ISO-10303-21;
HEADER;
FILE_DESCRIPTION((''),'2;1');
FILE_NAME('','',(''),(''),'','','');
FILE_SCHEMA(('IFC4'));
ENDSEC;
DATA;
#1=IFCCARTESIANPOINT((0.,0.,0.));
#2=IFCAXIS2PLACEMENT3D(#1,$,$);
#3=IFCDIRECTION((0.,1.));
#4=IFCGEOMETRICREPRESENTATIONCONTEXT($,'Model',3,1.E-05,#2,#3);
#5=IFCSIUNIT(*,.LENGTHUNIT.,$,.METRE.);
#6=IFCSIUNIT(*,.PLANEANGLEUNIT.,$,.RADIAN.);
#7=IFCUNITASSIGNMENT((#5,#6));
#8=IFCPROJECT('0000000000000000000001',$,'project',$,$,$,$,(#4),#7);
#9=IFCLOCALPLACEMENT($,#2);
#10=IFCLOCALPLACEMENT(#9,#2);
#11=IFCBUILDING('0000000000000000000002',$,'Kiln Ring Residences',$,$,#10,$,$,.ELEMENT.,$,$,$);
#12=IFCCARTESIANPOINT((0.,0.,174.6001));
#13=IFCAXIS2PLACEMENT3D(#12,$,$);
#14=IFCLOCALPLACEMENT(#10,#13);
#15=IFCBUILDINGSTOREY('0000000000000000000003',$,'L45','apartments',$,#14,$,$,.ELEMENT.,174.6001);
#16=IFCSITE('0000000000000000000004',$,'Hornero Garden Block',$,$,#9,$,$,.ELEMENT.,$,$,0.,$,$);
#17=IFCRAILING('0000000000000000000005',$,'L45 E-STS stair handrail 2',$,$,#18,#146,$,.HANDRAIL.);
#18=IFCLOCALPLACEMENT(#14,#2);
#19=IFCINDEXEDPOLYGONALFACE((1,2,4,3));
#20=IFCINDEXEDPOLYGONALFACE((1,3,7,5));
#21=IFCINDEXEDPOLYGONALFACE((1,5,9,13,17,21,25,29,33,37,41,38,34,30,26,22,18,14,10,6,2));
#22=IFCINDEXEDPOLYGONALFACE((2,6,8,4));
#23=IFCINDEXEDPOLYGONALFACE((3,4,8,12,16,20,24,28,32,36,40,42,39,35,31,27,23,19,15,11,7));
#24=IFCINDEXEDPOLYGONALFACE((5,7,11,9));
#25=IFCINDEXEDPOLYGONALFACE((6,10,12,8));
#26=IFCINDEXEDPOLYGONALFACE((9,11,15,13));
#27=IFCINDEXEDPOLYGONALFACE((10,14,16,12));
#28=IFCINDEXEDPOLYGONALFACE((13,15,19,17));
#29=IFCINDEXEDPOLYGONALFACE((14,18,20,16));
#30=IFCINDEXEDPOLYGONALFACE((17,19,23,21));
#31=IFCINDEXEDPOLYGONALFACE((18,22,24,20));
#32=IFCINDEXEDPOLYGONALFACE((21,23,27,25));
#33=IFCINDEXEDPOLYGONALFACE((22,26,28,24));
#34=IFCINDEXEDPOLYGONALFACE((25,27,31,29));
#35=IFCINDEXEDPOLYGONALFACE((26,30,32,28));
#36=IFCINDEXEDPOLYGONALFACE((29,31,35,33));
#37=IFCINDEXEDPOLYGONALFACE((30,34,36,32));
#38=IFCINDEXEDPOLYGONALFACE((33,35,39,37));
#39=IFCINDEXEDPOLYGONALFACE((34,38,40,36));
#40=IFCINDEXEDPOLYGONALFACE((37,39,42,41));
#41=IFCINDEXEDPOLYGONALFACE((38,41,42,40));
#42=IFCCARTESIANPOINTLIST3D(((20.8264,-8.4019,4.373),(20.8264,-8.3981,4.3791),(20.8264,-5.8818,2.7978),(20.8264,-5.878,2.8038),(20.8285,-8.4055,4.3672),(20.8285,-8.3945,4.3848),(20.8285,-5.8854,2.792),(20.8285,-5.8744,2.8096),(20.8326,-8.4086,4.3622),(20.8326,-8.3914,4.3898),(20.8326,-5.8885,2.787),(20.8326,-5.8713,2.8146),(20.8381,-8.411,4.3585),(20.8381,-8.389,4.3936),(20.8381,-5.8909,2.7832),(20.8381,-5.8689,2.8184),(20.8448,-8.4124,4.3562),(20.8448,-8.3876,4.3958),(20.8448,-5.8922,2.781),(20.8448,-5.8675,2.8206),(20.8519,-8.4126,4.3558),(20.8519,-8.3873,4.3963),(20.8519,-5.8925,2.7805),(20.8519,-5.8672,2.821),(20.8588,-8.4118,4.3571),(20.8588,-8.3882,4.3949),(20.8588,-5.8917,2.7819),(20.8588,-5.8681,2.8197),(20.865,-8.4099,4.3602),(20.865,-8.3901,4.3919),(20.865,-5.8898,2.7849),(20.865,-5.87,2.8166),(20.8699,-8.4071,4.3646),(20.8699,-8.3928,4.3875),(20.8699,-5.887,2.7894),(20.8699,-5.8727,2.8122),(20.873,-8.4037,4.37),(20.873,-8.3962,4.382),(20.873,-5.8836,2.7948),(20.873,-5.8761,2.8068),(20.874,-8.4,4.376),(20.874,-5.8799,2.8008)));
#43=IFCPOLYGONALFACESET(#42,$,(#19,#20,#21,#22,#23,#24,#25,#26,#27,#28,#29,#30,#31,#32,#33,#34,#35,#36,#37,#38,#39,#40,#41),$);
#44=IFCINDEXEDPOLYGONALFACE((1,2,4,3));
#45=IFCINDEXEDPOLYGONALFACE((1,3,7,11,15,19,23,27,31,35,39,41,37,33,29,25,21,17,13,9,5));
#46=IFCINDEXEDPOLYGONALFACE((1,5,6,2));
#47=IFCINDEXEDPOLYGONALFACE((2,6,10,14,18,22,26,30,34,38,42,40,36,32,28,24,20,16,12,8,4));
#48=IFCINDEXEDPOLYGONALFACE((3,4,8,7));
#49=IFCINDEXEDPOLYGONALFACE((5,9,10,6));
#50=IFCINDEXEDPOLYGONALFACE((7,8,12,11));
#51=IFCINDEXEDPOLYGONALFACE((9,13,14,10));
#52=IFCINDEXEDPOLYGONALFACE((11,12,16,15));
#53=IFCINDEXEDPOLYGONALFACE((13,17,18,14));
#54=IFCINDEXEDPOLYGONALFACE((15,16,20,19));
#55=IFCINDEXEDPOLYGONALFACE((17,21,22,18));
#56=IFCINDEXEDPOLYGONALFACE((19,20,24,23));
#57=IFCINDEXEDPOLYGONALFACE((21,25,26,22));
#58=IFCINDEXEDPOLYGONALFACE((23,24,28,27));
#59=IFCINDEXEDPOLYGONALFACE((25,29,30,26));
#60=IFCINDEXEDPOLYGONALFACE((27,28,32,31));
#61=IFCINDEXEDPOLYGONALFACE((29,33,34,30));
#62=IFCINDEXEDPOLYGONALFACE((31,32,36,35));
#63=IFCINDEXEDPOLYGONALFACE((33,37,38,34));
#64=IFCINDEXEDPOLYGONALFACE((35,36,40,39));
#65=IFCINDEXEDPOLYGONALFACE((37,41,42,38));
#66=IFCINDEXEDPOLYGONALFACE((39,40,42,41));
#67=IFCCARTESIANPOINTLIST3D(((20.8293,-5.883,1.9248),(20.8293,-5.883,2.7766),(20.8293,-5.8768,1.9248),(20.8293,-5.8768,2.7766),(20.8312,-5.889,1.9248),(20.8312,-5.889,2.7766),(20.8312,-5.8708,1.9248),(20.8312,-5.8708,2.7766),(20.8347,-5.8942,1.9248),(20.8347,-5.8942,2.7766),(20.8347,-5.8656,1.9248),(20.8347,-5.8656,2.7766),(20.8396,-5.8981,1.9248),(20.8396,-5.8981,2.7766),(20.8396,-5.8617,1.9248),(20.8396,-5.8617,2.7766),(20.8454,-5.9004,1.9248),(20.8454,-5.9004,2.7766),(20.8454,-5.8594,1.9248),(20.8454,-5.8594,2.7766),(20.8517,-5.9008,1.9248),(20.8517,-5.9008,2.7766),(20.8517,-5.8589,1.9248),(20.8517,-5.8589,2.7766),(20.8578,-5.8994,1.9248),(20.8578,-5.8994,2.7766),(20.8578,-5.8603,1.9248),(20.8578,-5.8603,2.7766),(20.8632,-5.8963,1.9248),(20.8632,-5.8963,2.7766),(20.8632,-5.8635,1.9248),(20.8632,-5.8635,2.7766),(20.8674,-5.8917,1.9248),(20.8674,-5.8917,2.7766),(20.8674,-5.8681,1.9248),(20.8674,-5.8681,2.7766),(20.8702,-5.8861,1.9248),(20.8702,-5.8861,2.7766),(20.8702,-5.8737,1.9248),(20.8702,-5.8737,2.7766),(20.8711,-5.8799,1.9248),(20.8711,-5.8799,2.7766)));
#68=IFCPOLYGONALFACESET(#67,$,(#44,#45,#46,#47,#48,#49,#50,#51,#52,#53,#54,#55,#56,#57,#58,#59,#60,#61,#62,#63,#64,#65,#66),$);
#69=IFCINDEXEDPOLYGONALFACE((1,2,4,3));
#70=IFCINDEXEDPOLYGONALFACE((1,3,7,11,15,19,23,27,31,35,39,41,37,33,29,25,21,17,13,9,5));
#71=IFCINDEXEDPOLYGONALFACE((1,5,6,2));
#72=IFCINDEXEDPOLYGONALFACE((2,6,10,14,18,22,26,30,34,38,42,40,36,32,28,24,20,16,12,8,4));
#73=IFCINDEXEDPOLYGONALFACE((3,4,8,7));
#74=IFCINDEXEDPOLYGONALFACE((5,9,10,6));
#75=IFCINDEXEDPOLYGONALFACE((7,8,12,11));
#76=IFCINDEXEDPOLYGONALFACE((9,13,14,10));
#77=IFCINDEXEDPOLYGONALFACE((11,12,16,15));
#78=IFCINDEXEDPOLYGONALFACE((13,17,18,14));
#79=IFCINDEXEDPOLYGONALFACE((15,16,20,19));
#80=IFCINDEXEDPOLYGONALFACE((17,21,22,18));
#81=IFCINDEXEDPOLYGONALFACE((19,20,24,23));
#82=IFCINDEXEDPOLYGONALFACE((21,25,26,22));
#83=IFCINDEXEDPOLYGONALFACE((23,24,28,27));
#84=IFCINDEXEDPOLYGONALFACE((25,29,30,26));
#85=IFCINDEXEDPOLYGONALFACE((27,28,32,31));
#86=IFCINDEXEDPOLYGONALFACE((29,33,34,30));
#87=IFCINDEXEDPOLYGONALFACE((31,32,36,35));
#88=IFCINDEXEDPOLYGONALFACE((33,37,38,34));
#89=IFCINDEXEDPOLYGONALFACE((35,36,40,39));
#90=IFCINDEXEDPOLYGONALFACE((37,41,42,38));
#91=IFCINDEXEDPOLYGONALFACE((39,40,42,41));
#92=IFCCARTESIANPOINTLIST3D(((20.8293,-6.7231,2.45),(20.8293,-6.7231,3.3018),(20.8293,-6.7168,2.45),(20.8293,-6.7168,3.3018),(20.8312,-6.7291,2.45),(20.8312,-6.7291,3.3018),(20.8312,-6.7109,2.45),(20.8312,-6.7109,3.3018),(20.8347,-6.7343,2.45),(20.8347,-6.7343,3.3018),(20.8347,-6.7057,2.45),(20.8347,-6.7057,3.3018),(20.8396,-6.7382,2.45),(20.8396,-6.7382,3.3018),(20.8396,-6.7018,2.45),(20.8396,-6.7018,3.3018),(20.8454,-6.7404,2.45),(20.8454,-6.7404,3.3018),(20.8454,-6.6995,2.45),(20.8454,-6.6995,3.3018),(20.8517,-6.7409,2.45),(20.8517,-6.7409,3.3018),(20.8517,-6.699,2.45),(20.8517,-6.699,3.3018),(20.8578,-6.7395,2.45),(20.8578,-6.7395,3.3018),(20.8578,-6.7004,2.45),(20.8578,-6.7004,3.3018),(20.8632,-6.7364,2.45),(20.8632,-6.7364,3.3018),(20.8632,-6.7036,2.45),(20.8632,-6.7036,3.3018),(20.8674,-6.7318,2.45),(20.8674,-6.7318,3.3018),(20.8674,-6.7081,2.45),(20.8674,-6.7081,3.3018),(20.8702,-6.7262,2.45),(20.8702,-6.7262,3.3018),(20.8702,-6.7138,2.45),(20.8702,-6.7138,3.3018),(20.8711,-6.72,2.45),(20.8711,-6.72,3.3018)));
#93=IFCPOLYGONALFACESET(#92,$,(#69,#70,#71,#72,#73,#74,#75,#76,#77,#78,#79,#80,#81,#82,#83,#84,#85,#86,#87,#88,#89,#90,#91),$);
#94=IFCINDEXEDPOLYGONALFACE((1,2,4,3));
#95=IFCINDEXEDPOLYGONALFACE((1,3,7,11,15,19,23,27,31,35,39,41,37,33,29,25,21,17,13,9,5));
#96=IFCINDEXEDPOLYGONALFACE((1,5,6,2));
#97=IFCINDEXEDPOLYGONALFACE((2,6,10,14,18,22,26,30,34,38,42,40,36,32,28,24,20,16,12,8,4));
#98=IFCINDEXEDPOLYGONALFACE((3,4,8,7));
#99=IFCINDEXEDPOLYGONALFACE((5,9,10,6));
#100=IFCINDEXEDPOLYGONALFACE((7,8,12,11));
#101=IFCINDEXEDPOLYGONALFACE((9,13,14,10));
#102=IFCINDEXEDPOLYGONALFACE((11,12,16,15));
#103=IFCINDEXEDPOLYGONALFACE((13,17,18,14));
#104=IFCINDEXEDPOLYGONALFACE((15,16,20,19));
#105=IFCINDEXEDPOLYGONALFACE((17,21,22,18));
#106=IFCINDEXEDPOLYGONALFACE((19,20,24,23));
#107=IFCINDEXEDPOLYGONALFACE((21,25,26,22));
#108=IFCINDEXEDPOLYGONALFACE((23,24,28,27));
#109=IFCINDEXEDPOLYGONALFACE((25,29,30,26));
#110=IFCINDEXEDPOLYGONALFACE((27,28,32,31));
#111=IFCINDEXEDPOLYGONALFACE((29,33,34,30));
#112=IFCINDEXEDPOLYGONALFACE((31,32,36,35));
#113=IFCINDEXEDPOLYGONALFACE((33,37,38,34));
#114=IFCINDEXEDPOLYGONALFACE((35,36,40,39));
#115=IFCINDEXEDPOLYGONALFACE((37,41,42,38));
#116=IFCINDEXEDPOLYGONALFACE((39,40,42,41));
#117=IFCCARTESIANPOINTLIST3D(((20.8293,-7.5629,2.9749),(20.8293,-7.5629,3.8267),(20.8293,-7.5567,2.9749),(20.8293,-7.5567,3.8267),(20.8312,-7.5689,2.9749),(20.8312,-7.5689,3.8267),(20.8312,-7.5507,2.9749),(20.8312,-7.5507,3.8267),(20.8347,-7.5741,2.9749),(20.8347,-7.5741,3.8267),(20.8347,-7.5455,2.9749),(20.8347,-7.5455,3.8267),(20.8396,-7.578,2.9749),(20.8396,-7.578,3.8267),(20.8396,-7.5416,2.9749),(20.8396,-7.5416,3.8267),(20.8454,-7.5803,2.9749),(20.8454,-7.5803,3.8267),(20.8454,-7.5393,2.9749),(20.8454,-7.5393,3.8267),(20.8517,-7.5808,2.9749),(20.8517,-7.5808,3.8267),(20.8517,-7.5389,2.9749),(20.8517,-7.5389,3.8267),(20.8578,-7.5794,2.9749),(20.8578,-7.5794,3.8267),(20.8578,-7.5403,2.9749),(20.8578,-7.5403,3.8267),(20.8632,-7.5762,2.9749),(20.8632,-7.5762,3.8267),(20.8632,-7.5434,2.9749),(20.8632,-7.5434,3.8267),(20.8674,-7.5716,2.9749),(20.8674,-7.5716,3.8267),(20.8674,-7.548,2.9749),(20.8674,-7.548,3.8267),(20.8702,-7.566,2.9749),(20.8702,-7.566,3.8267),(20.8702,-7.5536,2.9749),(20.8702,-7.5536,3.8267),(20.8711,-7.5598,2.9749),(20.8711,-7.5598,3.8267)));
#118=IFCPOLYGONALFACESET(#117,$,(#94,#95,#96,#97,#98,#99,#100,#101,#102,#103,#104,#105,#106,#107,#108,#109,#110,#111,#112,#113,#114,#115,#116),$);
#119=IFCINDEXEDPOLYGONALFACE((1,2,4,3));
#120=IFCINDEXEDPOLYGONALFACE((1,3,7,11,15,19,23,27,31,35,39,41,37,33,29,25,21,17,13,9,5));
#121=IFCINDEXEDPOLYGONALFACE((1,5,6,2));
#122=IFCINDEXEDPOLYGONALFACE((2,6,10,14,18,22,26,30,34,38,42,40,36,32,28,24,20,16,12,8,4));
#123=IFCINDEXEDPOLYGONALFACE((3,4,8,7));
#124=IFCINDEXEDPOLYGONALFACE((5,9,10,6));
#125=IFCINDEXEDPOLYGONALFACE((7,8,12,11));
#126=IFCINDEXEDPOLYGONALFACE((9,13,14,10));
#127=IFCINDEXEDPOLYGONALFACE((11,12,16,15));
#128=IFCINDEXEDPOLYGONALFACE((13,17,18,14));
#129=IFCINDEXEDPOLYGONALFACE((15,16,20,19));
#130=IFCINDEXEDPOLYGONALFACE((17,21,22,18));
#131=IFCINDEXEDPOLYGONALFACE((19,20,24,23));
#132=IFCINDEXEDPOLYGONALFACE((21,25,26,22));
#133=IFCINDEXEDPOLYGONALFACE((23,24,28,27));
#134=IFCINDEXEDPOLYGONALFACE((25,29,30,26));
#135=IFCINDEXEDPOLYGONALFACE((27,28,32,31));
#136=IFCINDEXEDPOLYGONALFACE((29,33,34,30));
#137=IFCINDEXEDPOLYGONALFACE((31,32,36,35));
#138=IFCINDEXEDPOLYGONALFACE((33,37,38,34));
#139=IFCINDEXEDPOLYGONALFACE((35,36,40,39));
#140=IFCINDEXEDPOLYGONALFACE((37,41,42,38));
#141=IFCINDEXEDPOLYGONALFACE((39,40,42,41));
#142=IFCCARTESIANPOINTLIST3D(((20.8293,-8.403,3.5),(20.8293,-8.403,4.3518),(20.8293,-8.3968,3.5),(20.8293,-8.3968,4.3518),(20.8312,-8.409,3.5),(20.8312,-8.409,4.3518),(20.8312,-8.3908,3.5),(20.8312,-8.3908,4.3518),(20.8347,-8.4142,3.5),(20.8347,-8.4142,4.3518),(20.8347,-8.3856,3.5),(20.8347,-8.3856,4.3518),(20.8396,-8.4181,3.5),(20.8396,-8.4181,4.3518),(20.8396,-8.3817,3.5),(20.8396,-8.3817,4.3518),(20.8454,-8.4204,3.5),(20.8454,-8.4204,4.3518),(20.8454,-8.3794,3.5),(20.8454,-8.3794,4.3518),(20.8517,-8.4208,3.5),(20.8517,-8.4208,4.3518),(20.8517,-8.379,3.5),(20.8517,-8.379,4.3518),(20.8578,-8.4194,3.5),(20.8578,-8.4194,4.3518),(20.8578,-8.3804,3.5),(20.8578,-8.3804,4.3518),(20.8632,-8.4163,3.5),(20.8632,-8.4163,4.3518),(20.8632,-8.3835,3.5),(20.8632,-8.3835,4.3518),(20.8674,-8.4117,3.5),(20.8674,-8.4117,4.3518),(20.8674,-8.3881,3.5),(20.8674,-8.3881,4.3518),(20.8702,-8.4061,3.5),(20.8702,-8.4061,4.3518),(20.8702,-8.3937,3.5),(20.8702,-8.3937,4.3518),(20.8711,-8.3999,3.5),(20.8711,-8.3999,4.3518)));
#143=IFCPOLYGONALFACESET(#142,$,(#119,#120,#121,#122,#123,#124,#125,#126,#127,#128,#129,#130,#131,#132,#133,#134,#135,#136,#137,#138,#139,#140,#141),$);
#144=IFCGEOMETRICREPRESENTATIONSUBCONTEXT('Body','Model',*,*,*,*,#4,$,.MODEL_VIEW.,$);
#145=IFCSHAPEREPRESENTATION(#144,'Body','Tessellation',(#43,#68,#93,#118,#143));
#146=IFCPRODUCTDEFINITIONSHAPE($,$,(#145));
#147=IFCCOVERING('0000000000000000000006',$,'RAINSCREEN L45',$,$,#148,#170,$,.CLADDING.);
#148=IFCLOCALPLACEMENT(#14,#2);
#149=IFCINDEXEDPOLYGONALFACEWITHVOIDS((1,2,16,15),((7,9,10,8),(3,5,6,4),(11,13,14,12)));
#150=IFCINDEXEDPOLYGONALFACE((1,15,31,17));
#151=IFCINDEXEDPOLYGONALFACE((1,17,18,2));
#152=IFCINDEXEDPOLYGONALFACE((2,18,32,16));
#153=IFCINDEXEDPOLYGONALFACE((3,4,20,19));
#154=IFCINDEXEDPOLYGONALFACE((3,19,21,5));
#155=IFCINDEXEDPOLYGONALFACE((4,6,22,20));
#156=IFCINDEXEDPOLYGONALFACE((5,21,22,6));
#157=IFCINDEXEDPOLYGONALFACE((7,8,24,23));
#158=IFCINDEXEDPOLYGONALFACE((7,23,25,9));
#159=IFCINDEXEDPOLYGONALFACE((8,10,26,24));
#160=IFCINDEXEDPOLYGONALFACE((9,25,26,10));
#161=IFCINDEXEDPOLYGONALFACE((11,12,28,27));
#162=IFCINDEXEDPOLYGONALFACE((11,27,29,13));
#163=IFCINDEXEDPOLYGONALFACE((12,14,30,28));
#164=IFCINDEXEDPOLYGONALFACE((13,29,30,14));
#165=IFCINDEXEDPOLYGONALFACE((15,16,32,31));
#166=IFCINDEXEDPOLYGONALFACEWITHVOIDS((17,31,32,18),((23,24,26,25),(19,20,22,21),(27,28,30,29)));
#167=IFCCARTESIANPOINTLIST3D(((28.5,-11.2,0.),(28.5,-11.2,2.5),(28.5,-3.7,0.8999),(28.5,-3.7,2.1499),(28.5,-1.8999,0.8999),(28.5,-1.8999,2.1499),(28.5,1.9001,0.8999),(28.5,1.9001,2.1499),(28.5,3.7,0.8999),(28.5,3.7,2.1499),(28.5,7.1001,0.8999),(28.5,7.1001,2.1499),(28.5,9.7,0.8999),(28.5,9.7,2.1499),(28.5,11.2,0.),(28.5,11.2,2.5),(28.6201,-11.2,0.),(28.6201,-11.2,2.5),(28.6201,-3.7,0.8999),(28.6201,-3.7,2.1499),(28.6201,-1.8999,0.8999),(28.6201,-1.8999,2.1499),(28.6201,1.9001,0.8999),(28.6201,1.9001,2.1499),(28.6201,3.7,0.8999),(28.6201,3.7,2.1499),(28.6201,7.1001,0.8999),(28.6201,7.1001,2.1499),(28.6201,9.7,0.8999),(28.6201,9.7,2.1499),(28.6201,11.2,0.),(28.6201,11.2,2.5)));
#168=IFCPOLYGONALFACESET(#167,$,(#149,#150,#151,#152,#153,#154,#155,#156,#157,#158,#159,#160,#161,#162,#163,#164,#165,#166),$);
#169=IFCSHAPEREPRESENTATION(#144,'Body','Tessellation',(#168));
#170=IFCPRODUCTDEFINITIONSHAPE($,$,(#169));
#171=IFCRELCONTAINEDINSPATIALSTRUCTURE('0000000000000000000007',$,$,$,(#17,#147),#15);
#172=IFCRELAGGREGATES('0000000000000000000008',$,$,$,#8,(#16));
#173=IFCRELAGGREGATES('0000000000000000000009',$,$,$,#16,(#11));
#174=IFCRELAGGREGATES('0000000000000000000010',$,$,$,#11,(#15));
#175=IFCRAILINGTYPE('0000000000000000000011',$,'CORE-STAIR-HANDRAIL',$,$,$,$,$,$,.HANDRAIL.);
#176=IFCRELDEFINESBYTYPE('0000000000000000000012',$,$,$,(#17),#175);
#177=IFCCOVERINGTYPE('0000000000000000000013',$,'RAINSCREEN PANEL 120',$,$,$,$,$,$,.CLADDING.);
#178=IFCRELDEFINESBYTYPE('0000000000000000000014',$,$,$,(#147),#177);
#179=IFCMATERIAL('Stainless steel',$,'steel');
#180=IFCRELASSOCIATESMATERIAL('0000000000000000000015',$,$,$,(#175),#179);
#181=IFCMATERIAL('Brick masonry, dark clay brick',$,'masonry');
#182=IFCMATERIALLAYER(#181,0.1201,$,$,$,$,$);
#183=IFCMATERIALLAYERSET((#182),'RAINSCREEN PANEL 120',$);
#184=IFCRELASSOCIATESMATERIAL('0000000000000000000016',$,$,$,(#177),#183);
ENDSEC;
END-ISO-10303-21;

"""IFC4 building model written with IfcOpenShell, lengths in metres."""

from ifc_helpers import new_model, si_unit, direction, frame, origin, origin_2d, place, context, subcontext, project, spatial, polyline, circle, outline, extrude, material, layer, layer_set, type_object, element, save


model = new_model("IFC4")

# Units and contexts
model_context = context("Model", 3, precision=1e-05, world=origin(), true_north=direction((0.0, 1.0)))
body_context = subcontext(model_context, "Body", "Model", "MODEL_VIEW")
ifc_project = project(units=[si_unit("LENGTHUNIT", "METRE"), si_unit("PLANEANGLEUNIT", "RADIAN")], contexts=[model_context])

# Site, building, storey
site_placement = place(None, origin())
site = spatial("IfcSite", under=ifc_project, at=site_placement, Name="Hornero Garden Block", CompositionType="ELEMENT", RefElevation=0.0)
building_placement = place(site_placement, origin())
building = spatial("IfcBuilding", under=site, at=building_placement, Name="Kiln Ring Residences", CompositionType="ELEMENT")
storey_placement = place(building_placement, frame((0.0, 0.0, 174.6001)))
storey = spatial("IfcBuildingStorey", under=building, at=storey_placement, Name="L45", Description="apartments", CompositionType="ELEMENT", Elevation=174.6001)

# Railing
ifc_material_1 = material(Name="Stainless steel", Category="steel")
railing_type_1 = type_object("IfcRailingType", Name="CORE-STAIR-HANDRAIL", PredefinedType="HANDRAIL", material=ifc_material_1)
railing_1_placement = place(storey_placement, frame((20.8501, -5.8799, 1.9248)))
element("IfcRailing", 1, at=railing_1_placement, inside=storey, type_object=railing_type_1, Name="L45 E-STS stair handrail 2", PredefinedType="HANDRAIL", context=body_context, shape_type="SweptSolid", body=[
    extrude(circle(Radius=0.0239, at=origin_2d()), frame((0.0, 0.0, 0.876), z_axis=(0.0, -0.847971, 0.530043), x_axis=(1.0, 0.0, 0.0)), (0.0, 0.0, 1.0), 2.9719),
    extrude(circle(Radius=0.021, at=origin_2d()), origin(), (0.0, 0.0, 1.0), 0.8518),
    extrude(circle(Radius=0.021, at=origin_2d()), frame((0.0, -0.8401, 0.5251)), (0.0, 0.0, 1.0), 0.8518),
    extrude(circle(Radius=0.021, at=origin_2d()), frame((0.0, -1.6799, 1.05)), (0.0, 0.0, 1.0), 0.8518),
    extrude(circle(Radius=0.021, at=origin_2d()), frame((0.0, -2.52, 1.5752)), (0.0, 0.0, 1.0), 0.8518),
])

# Covering
ifc_material_2 = material(Name="Brick masonry, dark clay brick", Category="masonry")
ifc_layer_1 = layer(ifc_material_2, 0.1201)
ifc_layer_set_1 = layer_set([ifc_layer_1], Name="RAINSCREEN PANEL 120")
covering_type = type_object("IfcCoveringType", Name="RAINSCREEN PANEL 120", PredefinedType="CLADDING", material=ifc_layer_set_1)
covering_placement = place(storey_placement, frame((28.5601, -11.2, 0.0), z_axis=(0.0, 0.0, 1.0), x_axis=(0.0, 1.0, 0.0)))
element("IfcCovering", 2, at=covering_placement, inside=storey, type_object=covering_type, Name="RAINSCREEN L45", PredefinedType="CLADDING", context=body_context, shape_type="SweptSolid", body=[
    extrude(outline(polyline([(0.0, 0.0), (22.3999, 0.0), (22.3999, 2.5), (0.0, 2.5), (0.0, 0.0)]), holes=[polyline([(9.3, 2.1499), (7.5, 2.1499), (7.5, 0.8999), (9.3, 0.8999), (9.3, 2.1499)]), polyline([(14.8999, 0.8999), (14.8999, 2.1499), (13.1001, 2.1499), (13.1001, 0.8999), (14.8999, 0.8999)]), polyline([(20.8999, 0.8999), (20.8999, 2.1499), (18.3, 2.1499), (18.3, 0.8999), (20.8999, 0.8999)])]), frame((0.0, 0.0601, 0.0), z_axis=(0.0, -1.0, 0.0), x_axis=(1.0, 0.0, 0.0)), (0.0, 0.0, 1.0), 0.1201),
])

save(model, "model.ifc")
